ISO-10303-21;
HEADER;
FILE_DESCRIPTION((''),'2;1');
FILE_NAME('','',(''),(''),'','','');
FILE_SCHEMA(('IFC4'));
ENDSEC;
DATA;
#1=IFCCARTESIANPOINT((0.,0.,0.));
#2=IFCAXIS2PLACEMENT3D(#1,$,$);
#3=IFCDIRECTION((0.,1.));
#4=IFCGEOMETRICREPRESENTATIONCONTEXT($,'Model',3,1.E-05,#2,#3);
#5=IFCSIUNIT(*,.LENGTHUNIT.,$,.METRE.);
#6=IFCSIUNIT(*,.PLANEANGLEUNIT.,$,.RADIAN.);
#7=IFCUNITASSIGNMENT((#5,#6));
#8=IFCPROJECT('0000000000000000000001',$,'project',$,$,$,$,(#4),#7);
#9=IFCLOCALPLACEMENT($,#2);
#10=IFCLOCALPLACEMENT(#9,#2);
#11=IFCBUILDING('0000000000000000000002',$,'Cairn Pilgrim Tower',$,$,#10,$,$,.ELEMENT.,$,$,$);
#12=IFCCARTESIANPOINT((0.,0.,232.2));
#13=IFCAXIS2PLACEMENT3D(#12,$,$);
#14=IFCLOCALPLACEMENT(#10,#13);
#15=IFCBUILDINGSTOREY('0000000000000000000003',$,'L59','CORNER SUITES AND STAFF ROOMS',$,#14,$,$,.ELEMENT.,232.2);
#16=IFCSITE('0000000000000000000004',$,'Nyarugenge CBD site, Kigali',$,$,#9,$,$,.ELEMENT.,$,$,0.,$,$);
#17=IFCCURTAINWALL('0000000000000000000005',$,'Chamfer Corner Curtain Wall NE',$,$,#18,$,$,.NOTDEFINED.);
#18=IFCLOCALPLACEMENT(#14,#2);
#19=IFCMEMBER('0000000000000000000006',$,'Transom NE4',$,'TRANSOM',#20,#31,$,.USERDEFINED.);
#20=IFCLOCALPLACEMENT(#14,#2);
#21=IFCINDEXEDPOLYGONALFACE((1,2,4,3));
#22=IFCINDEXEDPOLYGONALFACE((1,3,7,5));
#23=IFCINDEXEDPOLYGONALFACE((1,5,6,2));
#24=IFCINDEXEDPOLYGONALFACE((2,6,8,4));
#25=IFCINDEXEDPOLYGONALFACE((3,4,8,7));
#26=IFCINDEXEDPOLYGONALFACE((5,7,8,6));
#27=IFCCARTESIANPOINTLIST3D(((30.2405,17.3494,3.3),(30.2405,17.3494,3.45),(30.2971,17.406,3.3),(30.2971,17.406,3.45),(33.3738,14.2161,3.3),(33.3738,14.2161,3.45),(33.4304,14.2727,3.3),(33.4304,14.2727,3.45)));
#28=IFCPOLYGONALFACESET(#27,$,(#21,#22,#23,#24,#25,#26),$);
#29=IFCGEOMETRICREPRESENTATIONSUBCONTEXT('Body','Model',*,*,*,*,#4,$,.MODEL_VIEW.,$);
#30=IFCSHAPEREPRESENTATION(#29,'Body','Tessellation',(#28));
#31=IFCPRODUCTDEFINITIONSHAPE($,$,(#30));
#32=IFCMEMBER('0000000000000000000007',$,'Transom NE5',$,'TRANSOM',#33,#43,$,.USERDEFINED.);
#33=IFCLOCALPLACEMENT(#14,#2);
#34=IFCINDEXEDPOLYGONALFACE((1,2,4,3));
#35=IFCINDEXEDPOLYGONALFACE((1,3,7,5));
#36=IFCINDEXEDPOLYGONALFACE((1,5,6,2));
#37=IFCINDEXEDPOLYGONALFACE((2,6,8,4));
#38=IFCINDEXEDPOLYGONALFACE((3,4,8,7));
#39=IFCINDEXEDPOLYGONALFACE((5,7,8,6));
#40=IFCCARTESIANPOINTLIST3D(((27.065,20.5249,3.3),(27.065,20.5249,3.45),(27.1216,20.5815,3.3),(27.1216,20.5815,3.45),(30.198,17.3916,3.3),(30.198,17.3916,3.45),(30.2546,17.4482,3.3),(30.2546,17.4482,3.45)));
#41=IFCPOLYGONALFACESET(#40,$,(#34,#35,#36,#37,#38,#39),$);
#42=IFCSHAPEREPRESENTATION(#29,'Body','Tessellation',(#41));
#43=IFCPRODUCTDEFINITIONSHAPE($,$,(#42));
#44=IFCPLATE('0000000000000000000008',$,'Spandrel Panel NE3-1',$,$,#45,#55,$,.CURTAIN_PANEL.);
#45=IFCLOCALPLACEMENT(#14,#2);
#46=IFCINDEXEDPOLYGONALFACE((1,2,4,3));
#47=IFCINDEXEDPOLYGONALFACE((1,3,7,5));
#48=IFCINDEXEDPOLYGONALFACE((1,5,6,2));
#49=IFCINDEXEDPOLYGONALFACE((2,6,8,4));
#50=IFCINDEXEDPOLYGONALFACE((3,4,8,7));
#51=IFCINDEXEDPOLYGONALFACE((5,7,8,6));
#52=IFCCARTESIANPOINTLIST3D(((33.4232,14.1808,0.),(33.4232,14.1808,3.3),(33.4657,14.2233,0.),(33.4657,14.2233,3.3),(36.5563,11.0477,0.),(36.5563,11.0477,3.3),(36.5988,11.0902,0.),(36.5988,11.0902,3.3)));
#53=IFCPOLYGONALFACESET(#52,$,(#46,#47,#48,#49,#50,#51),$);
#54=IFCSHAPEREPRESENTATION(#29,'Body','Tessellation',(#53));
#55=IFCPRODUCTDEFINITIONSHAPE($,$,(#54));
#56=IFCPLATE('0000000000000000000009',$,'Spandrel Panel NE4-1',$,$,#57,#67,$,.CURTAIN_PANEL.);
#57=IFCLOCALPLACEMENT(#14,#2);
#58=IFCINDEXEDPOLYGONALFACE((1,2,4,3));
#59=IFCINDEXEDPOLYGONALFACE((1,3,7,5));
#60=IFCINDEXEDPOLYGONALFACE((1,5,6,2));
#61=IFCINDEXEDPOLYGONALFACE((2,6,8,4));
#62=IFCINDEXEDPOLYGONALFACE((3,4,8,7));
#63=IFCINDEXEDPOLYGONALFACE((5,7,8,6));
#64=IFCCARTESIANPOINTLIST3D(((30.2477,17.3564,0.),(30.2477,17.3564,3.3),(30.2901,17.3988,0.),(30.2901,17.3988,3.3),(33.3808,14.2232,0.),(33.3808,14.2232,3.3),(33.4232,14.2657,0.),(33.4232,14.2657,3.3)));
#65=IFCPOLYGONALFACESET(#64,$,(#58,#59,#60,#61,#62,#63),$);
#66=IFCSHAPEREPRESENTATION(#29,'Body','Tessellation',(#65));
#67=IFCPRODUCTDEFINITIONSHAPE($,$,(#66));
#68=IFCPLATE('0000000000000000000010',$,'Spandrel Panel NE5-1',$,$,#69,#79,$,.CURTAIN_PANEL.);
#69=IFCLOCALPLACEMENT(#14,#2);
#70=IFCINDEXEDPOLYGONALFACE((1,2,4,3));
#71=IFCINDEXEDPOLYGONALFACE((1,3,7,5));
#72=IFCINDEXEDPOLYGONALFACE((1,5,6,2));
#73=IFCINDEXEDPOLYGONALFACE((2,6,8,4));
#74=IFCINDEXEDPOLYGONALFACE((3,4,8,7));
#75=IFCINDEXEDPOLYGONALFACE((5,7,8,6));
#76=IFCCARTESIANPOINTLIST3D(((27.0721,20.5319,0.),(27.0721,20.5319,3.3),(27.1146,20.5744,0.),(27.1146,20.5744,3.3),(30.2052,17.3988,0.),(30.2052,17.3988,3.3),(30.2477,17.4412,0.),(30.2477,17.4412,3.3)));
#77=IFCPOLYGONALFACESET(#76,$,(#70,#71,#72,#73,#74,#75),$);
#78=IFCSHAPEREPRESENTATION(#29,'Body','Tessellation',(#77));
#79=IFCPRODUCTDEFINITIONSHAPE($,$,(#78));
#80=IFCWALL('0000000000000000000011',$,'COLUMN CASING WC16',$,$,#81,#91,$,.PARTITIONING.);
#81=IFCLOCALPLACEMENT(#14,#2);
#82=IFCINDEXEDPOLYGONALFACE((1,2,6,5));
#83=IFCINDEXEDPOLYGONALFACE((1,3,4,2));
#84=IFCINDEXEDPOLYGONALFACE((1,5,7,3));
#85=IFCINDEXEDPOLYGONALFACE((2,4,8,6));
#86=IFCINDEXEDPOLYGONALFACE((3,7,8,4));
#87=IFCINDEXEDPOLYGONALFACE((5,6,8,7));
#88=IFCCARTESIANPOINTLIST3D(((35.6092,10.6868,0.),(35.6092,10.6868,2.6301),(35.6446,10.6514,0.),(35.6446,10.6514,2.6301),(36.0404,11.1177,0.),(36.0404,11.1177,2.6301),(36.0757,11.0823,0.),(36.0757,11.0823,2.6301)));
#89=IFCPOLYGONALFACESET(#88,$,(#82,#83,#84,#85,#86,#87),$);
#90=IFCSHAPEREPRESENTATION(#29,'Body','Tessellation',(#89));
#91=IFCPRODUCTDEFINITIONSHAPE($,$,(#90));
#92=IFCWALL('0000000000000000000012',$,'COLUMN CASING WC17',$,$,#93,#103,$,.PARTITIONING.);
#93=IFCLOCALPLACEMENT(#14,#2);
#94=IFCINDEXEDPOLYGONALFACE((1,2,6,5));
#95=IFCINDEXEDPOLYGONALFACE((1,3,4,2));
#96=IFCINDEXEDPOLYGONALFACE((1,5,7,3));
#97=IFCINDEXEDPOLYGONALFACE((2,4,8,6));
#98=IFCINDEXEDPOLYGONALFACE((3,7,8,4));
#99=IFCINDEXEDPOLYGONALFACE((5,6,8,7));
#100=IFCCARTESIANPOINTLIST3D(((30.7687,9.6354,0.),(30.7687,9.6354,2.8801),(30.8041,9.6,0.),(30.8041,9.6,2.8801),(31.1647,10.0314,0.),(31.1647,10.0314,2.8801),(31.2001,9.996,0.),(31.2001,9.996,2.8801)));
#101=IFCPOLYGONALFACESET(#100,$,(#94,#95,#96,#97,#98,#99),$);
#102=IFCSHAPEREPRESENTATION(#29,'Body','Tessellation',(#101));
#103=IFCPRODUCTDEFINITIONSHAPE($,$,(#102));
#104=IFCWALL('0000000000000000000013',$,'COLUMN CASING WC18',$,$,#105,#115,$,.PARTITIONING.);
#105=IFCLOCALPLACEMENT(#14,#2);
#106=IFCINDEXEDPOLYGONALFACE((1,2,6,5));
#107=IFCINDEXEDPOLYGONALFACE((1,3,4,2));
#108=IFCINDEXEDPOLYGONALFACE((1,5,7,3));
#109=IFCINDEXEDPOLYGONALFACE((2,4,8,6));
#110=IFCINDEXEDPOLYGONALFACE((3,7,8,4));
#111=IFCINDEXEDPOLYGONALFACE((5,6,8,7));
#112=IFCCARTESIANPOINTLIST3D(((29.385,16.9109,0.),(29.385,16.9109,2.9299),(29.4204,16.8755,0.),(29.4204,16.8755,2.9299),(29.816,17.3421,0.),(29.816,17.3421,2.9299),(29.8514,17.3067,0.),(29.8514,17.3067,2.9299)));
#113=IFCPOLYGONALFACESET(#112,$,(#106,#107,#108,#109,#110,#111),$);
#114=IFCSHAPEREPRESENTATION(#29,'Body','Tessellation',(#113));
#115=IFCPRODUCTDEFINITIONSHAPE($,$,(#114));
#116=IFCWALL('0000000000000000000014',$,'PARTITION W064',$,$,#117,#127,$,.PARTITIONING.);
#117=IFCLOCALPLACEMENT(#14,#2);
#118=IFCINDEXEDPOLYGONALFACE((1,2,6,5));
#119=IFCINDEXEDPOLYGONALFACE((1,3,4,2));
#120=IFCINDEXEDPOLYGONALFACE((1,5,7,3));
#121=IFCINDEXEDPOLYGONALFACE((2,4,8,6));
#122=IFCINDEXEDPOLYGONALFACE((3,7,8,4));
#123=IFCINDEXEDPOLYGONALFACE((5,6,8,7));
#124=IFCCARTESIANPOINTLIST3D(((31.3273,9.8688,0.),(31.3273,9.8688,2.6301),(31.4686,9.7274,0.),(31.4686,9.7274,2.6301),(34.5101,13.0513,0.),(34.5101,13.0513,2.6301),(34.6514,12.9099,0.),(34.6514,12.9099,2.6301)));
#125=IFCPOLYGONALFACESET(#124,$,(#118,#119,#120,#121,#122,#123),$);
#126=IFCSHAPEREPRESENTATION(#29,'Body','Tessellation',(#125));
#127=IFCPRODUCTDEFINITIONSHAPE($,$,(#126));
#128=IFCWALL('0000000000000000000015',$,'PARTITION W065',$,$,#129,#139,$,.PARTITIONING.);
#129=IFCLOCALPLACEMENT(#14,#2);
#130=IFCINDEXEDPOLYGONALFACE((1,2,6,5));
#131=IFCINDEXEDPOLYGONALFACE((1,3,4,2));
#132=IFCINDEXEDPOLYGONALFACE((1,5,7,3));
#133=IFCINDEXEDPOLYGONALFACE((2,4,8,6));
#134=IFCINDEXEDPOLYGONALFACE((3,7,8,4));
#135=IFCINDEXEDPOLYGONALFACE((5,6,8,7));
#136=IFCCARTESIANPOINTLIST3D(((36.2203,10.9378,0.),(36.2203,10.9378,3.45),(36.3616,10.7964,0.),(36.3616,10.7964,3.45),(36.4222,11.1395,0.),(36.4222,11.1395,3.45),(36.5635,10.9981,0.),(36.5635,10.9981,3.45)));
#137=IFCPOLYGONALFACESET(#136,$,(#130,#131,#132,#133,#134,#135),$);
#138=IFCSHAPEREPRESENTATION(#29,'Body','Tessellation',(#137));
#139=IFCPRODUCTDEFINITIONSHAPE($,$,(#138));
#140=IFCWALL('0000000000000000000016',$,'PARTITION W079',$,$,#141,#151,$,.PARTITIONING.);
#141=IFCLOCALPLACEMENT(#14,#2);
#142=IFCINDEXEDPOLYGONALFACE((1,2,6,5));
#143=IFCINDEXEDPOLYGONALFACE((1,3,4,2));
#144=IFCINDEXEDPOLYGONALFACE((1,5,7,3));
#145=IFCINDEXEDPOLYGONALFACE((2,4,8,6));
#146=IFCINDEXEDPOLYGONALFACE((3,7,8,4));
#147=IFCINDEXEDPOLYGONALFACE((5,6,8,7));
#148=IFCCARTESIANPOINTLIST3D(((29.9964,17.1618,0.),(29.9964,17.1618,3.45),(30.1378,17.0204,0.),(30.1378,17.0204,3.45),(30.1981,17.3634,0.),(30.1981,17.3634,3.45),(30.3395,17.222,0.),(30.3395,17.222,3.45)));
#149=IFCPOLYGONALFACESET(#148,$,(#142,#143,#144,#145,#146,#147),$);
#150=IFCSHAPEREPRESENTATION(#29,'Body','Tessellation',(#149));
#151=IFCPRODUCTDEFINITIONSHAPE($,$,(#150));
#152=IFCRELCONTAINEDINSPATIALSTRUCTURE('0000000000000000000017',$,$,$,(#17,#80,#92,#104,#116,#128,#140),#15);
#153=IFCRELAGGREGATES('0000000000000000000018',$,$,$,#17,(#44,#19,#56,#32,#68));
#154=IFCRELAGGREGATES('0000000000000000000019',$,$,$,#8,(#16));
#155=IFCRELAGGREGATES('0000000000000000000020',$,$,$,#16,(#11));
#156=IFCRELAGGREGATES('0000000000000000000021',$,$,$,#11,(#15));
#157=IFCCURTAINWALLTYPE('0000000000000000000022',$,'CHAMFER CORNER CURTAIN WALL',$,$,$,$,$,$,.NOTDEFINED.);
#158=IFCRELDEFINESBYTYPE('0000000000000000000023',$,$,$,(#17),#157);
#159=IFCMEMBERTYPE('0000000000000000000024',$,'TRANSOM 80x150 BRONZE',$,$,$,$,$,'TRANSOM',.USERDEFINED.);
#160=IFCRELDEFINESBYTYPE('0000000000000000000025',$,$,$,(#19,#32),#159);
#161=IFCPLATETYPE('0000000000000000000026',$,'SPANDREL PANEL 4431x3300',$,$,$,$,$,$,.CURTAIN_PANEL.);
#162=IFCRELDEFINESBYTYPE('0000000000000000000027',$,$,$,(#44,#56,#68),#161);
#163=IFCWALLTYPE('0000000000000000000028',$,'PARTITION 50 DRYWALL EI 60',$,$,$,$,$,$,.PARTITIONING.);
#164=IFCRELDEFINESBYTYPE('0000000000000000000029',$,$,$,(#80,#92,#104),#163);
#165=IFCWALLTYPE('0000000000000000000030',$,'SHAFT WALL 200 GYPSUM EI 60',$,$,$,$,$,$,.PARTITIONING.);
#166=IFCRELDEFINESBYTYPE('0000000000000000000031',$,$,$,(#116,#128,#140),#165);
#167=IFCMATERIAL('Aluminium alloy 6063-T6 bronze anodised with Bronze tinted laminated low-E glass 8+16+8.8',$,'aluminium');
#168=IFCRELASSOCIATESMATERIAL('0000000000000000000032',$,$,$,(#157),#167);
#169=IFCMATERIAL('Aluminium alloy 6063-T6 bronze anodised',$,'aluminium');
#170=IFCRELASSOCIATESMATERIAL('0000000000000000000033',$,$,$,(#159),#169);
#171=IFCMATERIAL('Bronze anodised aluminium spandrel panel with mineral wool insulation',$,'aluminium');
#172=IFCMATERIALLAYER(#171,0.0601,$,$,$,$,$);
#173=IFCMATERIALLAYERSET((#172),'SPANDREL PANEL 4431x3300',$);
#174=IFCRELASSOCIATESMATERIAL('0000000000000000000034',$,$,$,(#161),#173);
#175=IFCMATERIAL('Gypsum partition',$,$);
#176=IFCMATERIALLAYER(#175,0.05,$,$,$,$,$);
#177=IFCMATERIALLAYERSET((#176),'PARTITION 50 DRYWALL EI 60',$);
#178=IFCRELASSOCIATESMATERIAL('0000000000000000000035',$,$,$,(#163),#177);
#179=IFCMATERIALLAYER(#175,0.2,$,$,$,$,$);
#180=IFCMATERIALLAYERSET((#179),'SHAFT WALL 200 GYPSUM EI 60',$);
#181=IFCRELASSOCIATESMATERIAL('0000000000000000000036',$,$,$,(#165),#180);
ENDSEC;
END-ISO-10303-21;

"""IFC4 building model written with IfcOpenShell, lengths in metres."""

from ifc_helpers import new_model, si_unit, direction, frame, frame_2d, origin, origin_2d, place, context, subcontext, project, spatial, rectangle, extrude, material, layer, layer_set, material_profile, profile_set, type_object, element, aggregate, save


model = new_model("IFC4")

# Units and contexts
model_context = context("Model", 3, precision=1e-05, world=origin(), true_north=direction((0.0, 1.0)))
body_context = subcontext(model_context, "Body", "Model", "MODEL_VIEW")
ifc_project = project(units=[si_unit("LENGTHUNIT", "METRE"), si_unit("PLANEANGLEUNIT", "RADIAN")], contexts=[model_context])

# Site, building, storey
site_placement = place(None, origin())
site = spatial("IfcSite", under=ifc_project, at=site_placement, Name="Nyarugenge CBD site, Kigali", CompositionType="ELEMENT", RefElevation=0.0)
building_placement = place(site_placement, origin())
building = spatial("IfcBuilding", under=site, at=building_placement, Name="Cairn Pilgrim Tower", CompositionType="ELEMENT")
storey_placement = place(building_placement, frame((0.0, 0.0, 232.2)))
storey = spatial("IfcBuildingStorey", under=building, at=storey_placement, Name="L59", Description="CORNER SUITES AND STAFF ROOMS", CompositionType="ELEMENT", Elevation=232.2)

# Curtain wall
ifc_material_1 = material(Name="Aluminium alloy 6063-T6 bronze anodised with Bronze tinted laminated low-E glass 8+16+8.8", Category="aluminium")
curtain_wall_type = type_object("IfcCurtainWallType", Name="CHAMFER CORNER CURTAIN WALL", PredefinedType="NOTDEFINED", material=ifc_material_1)
curtain_wall_placement = place(storey_placement, origin())
curtain_wall = element("IfcCurtainWall", 1, at=curtain_wall_placement, inside=storey, type_object=curtain_wall_type, Name="Chamfer Corner Curtain Wall NE", PredefinedType="NOTDEFINED")
ifc_material_2 = material(Name="Aluminium alloy 6063-T6 bronze anodised", Category="aluminium")

# Members
ifc_material_profile_1 = material_profile(ifc_material_2, rectangle(XDim=0.0801, YDim=0.1499, at=origin_2d()), Name="TRANSOM 80x150 BRONZE")
ifc_profile_set_1 = profile_set([ifc_material_profile_1], Name="Aluminium alloy 6063-T6 bronze anodised")
member_type_1 = type_object("IfcMemberType", Name="TRANSOM 80x150 BRONZE", ElementType="TRANSOM", PredefinedType="USERDEFINED", material=ifc_profile_set_1)
member_1_placement = place(storey_placement, frame((33.4021, 14.2444, 3.375), z_axis=(-0.707107, 0.707107, 0.0), x_axis=(-0.707107, -0.707107, 0.0)))
member_1 = element("IfcMember", 2, at=member_1_placement, type_object=member_type_1, Name="Transom NE4", ObjectType="TRANSOM", PredefinedType="USERDEFINED", context=body_context, shape_type="SweptSolid", body=[
    extrude(rectangle(XDim=0.0801, YDim=0.1499, at=origin_2d()), origin(), (0.0, 0.0, 1.0), 4.4312),
])
member_2_placement = place(storey_placement, frame((30.2263, 17.4199, 3.375), z_axis=(-0.707079, 0.707134, 0.0), x_axis=(-0.707134, -0.707079, 0.0)))
member_2 = element("IfcMember", 3, at=member_2_placement, type_object=member_type_1, Name="Transom NE5", ObjectType="TRANSOM", PredefinedType="USERDEFINED", context=body_context, shape_type="SweptSolid", body=[
    extrude(rectangle(XDim=0.0801, YDim=0.1499, at=origin_2d()), origin(), (0.0, 0.0, 1.0), 4.4309),
])

# Plates
ifc_material_3 = material(Name="Bronze anodised aluminium spandrel panel with mineral wool insulation", Category="aluminium")
ifc_layer_1 = layer(ifc_material_3, 0.0601)
ifc_layer_set_1 = layer_set([ifc_layer_1], Name="SPANDREL PANEL 4431x3300")
plate_type = type_object("IfcPlateType", Name="SPANDREL PANEL 4431x3300", PredefinedType="CURTAIN_PANEL", material=ifc_layer_set_1)
plate_1_placement = place(storey_placement, frame((35.011, 12.6355, 0.0), z_axis=(0.0, 0.0, 1.0), x_axis=(-0.707107, 0.707107, 0.0)))
plate_1 = element("IfcPlate", 4, at=plate_1_placement, type_object=plate_type, Name="Spandrel Panel NE3-1", PredefinedType="CURTAIN_PANEL", context=body_context, shape_type="SweptSolid", body=[
    extrude(rectangle(XDim=4.4309, YDim=0.0601, at=origin_2d()), origin(), (0.0, 0.0, 1.0), 3.3),
])
plate_2_placement = place(storey_placement, frame((31.8354, 15.811, 0.0), z_axis=(0.0, 0.0, 1.0), x_axis=(-0.707107, 0.707107, 0.0)))
plate_2 = element("IfcPlate", 5, at=plate_2_placement, type_object=plate_type, Name="Spandrel Panel NE4-1", PredefinedType="CURTAIN_PANEL", context=body_context, shape_type="SweptSolid", body=[
    extrude(rectangle(XDim=4.4309, YDim=0.0601, at=origin_2d()), origin(), (0.0, 0.0, 1.0), 3.3),
])
plate_3_placement = place(storey_placement, frame((28.6599, 18.9866, 0.0), z_axis=(0.0, 0.0, 1.0), x_axis=(-0.707107, 0.707107, 0.0)))
plate_3 = element("IfcPlate", 6, at=plate_3_placement, type_object=plate_type, Name="Spandrel Panel NE5-1", PredefinedType="CURTAIN_PANEL", context=body_context, shape_type="SweptSolid", body=[
    extrude(rectangle(XDim=4.4309, YDim=0.0601, at=origin_2d()), origin(), (0.0, 0.0, 1.0), 3.3),
])
aggregate(curtain_wall, [plate_1, member_1, plate_2, member_2, plate_3])

# Walls
ifc_material_4 = material(Name="Gypsum partition")
ifc_layer_2 = layer(ifc_material_4, 0.05)
ifc_layer_set_2 = layer_set([ifc_layer_2], Name="PARTITION 50 DRYWALL EI 60")
wall_type_1 = type_object("IfcWallType", Name="PARTITION 50 DRYWALL EI 60", PredefinedType="PARTITIONING", material=ifc_layer_set_2)
wall_1_placement = place(storey_placement, frame((35.627, 10.6692, 0.0), z_axis=(0.0, 0.0, 1.0), x_axis=(0.707307, 0.706906, 0.0)))
element("IfcWall", 7, at=wall_1_placement, inside=storey, type_object=wall_type_1, Name="COLUMN CASING WC16", PredefinedType="PARTITIONING", context=body_context, shape_type="SweptSolid", body=[
    extrude(rectangle(XDim=0.6096, YDim=0.05, at=frame_2d((0.3047, 0.0))), origin(), (0.0, 0.0, 1.0), 2.6301),
])
wall_2_placement = place(storey_placement, frame((30.7864, 9.6177, 0.0), z_axis=(0.0, 0.0, 1.0), x_axis=(0.707107, 0.707107, 0.0)))
element("IfcWall", 8, at=wall_2_placement, inside=storey, type_object=wall_type_1, Name="COLUMN CASING WC17", PredefinedType="PARTITIONING", context=body_context, shape_type="SweptSolid", body=[
    extrude(rectangle(XDim=0.5601, YDim=0.05, at=frame_2d((0.28, 0.0))), origin(), (0.0, 0.0, 1.0), 2.8801),
])
wall_3_placement = place(storey_placement, frame((29.4028, 16.8933, 0.0), z_axis=(0.0, 0.0, 1.0), x_axis=(0.706906, 0.707307, 0.0)))
element("IfcWall", 9, at=wall_3_placement, inside=storey, type_object=wall_type_1, Name="COLUMN CASING WC18", PredefinedType="PARTITIONING", context=body_context, shape_type="SweptSolid", body=[
    extrude(rectangle(XDim=0.6096, YDim=0.05, at=frame_2d((0.3047, 0.0))), origin(), (0.0, 0.0, 1.0), 2.9299),
])
ifc_layer_3 = layer(ifc_material_4, 0.2)
ifc_layer_set_3 = layer_set([ifc_layer_3], Name="SHAFT WALL 200 GYPSUM EI 60")
wall_type_2 = type_object("IfcWallType", Name="SHAFT WALL 200 GYPSUM EI 60", PredefinedType="PARTITIONING", material=ifc_layer_set_3)
wall_4_placement = place(storey_placement, frame((31.3979, 9.7981, 0.0), z_axis=(0.0, 0.0, 1.0), x_axis=(0.707134, 0.70708, 0.0)))
element("IfcWall", 10, at=wall_4_placement, inside=storey, type_object=wall_type_2, Name="PARTITION W064", PredefinedType="PARTITIONING", context=body_context, shape_type="SweptSolid", body=[
    extrude(rectangle(XDim=4.501, YDim=0.2, at=frame_2d((2.2505, 0.0))), origin(), (0.0, 0.0, 1.0), 2.6301),
])
wall_5_placement = place(storey_placement, frame((36.291, 10.8672, 0.0), z_axis=(0.0, 0.0, 1.0), x_axis=(0.707534, 0.706679, 0.0)))
element("IfcWall", 11, at=wall_5_placement, inside=storey, type_object=wall_type_2, Name="PARTITION W065", PredefinedType="PARTITIONING", context=body_context, shape_type="SweptSolid", body=[
    extrude(rectangle(XDim=0.2854, YDim=0.2, at=frame_2d((0.1426, 0.0))), origin(), (0.0, 0.0, 1.0), 3.45),
])
wall_6_placement = place(storey_placement, frame((30.0671, 17.0911, 0.0), z_axis=(0.0, 0.0, 1.0), x_axis=(0.707107, 0.707107, 0.0)))
element("IfcWall", 12, at=wall_6_placement, inside=storey, type_object=wall_type_2, Name="PARTITION W079", PredefinedType="PARTITIONING", context=body_context, shape_type="SweptSolid", body=[
    extrude(rectangle(XDim=0.2852, YDim=0.2, at=frame_2d((0.1426, 0.0))), origin(), (0.0, 0.0, 1.0), 3.45),
])

save(model, "model.ifc")
